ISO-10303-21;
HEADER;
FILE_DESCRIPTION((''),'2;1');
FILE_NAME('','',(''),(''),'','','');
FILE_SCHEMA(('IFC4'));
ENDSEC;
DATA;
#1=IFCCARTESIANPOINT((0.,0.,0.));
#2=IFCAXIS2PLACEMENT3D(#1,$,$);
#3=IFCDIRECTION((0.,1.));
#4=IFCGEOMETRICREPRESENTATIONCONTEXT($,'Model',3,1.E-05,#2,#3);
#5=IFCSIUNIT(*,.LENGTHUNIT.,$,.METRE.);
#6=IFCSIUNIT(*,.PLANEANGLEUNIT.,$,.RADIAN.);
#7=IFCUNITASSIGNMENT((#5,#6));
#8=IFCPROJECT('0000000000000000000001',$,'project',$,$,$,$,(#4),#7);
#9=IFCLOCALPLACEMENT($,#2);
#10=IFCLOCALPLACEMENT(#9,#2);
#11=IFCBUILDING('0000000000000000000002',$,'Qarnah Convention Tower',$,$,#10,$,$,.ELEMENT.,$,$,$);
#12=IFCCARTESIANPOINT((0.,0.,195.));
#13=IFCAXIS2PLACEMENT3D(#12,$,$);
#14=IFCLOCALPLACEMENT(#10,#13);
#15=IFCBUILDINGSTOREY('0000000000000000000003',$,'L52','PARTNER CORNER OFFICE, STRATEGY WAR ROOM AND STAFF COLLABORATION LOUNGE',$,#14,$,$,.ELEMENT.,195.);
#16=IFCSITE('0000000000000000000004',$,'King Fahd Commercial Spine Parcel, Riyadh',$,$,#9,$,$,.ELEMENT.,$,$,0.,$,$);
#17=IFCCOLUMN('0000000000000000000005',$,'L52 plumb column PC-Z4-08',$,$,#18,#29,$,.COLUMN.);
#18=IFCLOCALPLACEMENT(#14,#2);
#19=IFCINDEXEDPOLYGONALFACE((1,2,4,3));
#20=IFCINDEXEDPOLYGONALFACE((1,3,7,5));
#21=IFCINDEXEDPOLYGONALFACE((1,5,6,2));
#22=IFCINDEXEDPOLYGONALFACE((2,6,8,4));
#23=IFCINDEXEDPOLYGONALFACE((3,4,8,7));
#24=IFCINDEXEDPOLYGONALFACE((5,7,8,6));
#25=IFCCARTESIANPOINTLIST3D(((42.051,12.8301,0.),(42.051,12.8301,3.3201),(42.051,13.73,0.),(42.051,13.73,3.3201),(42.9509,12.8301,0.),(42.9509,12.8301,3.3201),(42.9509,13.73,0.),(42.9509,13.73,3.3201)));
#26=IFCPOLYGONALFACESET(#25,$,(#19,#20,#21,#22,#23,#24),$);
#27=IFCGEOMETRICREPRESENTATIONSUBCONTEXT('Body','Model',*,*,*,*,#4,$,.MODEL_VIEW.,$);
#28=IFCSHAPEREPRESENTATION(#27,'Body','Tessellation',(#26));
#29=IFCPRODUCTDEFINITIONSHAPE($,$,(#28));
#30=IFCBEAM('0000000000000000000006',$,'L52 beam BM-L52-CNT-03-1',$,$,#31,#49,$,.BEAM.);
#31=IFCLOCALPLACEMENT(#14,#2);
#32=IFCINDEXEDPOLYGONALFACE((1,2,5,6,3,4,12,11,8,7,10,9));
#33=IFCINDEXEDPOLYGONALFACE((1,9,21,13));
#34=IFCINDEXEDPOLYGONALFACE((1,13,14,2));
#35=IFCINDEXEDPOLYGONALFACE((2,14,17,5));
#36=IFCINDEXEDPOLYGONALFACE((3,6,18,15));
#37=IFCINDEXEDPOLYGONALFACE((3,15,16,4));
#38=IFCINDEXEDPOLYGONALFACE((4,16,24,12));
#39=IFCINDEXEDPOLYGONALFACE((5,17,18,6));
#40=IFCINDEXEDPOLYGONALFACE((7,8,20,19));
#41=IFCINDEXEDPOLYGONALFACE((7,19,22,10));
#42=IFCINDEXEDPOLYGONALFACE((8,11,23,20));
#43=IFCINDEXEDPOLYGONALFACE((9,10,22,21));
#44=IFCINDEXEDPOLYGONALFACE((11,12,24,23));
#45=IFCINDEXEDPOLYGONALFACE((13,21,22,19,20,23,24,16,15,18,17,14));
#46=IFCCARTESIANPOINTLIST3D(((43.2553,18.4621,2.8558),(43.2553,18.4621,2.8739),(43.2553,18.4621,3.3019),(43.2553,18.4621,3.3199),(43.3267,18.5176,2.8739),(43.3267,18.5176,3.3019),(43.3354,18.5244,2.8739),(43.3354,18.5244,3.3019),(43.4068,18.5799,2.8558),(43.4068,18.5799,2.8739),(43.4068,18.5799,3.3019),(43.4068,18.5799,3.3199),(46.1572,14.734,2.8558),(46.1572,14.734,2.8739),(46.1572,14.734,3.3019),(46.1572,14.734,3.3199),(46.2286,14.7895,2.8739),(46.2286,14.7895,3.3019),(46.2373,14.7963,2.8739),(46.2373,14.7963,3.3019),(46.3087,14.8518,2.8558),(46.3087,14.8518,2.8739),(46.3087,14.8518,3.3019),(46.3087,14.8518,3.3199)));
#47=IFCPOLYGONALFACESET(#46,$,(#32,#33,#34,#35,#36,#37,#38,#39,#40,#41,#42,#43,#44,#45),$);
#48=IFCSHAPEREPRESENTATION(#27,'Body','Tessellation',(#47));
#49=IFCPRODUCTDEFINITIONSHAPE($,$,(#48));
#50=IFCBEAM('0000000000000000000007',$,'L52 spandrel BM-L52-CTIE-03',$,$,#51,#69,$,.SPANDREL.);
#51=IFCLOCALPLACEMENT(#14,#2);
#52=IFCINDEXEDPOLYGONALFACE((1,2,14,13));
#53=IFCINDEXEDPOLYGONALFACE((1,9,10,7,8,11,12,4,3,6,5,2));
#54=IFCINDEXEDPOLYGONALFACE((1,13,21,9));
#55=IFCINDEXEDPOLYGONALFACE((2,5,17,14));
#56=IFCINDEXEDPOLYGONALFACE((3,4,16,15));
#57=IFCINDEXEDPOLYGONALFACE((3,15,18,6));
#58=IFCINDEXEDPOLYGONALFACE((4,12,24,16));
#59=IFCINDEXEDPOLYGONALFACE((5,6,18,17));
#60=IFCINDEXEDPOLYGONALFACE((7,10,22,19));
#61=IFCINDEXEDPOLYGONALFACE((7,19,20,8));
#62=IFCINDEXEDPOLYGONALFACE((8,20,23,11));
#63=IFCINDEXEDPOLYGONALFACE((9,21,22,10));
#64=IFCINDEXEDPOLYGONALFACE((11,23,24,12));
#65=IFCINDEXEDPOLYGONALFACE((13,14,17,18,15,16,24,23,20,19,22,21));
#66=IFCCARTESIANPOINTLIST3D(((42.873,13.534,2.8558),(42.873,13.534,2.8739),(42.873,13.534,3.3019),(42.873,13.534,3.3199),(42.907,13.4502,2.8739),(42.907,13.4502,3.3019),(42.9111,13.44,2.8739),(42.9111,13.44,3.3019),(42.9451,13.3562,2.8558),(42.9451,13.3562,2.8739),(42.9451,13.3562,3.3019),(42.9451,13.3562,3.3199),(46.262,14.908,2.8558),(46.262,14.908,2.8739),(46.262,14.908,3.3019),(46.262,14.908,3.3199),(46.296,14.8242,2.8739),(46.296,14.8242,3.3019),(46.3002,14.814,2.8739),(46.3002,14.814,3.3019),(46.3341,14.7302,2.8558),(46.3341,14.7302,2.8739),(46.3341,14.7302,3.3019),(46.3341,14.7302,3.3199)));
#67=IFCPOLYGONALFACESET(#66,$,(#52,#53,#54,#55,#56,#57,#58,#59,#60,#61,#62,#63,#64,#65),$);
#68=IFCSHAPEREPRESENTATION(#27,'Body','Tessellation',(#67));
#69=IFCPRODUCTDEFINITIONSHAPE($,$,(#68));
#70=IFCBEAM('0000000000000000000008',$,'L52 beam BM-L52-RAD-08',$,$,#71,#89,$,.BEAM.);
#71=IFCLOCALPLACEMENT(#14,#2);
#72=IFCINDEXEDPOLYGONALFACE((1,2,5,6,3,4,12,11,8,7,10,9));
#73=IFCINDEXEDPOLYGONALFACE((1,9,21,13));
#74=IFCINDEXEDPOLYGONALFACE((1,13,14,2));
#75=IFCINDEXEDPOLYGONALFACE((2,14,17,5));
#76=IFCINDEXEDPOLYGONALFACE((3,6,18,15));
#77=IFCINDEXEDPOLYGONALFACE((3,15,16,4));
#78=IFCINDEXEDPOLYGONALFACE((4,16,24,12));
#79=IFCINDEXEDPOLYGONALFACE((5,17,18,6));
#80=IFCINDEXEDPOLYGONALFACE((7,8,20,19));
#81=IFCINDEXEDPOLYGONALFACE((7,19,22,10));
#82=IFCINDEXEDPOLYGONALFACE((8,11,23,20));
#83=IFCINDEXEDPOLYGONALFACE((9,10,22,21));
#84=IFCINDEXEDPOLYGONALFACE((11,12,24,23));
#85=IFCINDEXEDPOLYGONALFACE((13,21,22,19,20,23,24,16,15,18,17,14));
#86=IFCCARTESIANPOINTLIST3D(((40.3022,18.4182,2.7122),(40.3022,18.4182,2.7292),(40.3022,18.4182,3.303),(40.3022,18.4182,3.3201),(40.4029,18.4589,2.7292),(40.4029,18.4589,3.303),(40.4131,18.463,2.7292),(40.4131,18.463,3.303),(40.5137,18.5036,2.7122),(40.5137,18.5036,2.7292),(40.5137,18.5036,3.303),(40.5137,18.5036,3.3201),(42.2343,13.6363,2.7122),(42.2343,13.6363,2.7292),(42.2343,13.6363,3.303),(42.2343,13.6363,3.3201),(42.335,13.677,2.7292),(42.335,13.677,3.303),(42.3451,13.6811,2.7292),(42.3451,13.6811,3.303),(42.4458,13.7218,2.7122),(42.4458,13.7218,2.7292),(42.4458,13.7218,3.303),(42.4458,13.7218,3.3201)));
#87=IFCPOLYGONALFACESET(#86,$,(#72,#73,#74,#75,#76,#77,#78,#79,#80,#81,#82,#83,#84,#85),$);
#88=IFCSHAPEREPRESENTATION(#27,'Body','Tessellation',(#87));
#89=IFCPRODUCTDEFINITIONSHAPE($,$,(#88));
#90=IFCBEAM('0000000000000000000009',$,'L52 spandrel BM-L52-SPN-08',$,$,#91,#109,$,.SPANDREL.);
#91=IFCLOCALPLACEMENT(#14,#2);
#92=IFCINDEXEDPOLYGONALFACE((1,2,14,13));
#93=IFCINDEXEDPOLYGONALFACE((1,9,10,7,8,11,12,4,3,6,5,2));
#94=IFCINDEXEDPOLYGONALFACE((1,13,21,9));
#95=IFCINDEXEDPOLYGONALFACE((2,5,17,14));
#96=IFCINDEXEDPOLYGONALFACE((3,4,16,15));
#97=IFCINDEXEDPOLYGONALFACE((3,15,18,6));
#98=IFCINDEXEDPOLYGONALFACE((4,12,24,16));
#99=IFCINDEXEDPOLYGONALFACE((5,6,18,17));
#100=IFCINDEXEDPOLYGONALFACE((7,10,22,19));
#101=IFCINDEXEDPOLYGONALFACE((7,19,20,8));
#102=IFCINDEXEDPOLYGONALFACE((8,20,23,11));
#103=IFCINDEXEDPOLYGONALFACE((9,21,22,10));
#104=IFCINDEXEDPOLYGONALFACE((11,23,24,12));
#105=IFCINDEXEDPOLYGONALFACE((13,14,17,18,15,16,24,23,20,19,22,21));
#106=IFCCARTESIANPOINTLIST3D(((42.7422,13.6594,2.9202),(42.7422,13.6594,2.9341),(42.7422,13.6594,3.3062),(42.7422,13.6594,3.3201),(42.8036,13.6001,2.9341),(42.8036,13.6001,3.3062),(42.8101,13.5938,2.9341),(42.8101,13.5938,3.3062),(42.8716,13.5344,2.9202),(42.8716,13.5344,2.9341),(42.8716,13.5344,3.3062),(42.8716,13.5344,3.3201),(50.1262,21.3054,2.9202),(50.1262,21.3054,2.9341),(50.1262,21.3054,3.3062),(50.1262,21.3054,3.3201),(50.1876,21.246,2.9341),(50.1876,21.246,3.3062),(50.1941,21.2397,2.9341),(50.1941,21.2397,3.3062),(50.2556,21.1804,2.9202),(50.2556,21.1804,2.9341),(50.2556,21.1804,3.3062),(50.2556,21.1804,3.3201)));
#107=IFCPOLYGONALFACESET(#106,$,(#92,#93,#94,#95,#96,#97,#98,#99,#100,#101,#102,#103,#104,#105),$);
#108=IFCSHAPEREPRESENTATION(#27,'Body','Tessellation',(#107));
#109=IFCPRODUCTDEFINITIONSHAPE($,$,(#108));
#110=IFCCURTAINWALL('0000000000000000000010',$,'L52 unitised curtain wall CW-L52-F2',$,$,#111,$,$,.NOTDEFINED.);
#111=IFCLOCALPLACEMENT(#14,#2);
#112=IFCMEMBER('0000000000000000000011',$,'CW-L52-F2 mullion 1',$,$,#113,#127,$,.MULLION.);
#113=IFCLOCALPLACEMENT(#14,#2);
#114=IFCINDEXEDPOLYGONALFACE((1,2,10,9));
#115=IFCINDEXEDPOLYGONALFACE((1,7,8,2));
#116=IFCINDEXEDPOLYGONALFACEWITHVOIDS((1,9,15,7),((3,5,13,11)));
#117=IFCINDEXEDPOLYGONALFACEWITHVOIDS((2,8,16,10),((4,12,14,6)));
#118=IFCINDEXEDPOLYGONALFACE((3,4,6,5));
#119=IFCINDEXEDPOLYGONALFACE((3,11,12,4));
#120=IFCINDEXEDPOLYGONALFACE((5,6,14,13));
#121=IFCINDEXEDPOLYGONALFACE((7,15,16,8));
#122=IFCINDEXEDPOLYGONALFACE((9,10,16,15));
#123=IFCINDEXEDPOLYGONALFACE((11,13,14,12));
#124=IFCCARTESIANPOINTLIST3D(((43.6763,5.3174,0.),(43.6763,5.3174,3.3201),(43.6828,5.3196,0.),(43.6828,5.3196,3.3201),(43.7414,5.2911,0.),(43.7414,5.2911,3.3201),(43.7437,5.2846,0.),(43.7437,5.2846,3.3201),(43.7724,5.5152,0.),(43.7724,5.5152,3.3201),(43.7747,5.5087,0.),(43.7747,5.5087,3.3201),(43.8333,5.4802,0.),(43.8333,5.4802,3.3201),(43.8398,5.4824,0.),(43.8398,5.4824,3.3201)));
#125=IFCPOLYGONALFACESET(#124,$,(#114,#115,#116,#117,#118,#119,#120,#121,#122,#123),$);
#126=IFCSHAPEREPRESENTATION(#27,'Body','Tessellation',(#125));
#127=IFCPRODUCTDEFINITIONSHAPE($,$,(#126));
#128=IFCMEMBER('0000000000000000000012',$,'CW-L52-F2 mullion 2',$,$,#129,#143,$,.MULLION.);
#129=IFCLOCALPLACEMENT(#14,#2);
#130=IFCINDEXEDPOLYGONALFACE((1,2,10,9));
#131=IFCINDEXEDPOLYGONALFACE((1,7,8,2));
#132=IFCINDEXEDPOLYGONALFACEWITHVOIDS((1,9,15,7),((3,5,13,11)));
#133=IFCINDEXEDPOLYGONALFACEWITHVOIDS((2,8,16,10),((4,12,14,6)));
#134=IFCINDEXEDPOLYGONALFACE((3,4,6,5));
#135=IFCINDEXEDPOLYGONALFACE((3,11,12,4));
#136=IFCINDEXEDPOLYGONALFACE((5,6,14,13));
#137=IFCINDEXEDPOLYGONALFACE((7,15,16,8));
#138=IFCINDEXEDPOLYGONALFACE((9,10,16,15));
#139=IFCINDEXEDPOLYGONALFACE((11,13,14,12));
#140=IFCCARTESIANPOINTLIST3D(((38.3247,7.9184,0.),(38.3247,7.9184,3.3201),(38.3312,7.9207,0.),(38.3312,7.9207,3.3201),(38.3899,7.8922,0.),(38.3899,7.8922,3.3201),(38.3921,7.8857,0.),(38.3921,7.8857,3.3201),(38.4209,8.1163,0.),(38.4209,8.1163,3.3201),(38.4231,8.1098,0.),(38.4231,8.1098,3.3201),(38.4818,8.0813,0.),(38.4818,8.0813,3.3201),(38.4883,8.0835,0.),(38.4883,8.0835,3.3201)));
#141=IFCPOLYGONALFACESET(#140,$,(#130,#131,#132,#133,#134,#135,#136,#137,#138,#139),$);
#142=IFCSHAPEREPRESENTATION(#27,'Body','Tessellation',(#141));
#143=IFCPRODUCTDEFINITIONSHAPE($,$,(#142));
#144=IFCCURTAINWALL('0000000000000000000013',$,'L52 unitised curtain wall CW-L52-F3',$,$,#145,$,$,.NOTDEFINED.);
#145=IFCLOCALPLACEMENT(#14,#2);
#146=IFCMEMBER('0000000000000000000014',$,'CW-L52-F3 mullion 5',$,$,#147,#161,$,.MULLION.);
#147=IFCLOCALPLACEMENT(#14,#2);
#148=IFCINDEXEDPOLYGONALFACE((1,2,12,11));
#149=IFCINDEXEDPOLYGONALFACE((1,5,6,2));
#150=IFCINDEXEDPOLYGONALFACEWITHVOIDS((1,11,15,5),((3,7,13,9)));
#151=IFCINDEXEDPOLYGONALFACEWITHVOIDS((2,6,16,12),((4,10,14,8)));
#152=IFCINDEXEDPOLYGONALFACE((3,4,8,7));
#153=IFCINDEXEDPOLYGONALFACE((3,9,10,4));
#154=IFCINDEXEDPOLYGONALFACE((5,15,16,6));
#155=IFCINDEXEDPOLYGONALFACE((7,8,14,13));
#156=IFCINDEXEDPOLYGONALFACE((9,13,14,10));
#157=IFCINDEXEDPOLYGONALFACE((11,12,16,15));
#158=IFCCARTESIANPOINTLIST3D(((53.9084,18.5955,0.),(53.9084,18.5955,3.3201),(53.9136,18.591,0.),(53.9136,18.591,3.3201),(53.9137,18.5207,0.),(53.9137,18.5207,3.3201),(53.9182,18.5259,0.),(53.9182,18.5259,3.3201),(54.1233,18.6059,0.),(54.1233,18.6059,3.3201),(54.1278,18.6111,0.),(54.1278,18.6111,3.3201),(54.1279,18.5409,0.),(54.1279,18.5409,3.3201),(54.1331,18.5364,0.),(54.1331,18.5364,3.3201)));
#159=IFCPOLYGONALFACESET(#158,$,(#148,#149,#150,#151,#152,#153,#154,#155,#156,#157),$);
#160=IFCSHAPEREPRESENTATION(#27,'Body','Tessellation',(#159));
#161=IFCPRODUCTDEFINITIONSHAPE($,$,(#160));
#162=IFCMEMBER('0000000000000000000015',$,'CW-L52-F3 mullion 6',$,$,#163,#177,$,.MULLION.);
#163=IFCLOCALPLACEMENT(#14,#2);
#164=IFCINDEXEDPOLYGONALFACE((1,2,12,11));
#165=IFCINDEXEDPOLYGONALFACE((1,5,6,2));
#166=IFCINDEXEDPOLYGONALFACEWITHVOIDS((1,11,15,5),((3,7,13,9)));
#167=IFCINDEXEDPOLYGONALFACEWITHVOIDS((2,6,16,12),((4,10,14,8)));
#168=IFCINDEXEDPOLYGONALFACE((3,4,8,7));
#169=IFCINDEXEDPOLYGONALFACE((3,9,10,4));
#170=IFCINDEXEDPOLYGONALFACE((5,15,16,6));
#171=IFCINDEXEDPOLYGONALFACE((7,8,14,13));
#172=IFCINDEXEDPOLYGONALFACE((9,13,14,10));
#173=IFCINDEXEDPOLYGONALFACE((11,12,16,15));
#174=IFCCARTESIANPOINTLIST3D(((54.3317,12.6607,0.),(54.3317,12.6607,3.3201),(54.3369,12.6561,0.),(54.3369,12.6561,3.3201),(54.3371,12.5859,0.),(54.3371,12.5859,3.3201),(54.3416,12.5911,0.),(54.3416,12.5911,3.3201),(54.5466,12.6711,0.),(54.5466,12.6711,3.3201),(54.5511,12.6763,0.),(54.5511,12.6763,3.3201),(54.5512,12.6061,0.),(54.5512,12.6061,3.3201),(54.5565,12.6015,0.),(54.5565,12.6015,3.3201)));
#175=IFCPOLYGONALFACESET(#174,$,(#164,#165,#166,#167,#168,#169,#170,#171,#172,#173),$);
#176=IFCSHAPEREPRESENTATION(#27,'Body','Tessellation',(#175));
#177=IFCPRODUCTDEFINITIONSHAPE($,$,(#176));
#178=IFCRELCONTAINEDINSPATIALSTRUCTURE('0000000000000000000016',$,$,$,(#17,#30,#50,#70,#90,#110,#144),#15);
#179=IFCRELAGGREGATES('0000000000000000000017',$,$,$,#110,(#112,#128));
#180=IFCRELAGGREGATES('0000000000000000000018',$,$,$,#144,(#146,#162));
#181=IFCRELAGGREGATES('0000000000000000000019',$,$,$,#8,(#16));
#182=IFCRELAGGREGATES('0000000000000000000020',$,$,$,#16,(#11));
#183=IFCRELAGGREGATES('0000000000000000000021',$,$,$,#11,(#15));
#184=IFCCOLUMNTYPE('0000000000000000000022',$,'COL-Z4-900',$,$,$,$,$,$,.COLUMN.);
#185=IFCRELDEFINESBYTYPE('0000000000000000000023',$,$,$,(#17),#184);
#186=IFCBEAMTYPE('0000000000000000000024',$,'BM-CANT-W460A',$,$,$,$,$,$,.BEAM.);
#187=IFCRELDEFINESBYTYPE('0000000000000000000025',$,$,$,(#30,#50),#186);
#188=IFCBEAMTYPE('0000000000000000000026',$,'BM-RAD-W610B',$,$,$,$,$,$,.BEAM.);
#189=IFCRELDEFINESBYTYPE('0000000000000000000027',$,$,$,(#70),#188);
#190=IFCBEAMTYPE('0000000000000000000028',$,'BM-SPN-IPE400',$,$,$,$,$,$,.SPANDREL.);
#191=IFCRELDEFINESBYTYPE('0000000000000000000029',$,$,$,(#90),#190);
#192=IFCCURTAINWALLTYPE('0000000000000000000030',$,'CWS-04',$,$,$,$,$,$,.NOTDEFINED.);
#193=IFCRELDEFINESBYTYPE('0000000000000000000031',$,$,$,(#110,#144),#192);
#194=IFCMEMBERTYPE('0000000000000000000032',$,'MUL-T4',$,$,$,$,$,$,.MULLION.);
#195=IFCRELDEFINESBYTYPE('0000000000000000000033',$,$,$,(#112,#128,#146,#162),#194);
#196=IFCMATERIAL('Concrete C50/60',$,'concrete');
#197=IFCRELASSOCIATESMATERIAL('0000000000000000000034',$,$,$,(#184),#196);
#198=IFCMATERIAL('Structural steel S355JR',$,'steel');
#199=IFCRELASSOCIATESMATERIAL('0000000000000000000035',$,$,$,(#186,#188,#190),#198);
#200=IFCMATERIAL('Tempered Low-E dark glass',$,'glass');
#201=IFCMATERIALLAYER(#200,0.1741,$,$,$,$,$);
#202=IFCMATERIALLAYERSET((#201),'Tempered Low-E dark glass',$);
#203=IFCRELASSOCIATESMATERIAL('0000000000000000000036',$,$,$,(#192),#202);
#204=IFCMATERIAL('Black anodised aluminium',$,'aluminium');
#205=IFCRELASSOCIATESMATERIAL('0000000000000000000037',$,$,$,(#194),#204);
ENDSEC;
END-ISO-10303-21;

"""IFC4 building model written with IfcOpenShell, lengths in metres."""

from ifc_helpers import new_model, si_unit, direction, frame, origin, origin_2d, place, context, subcontext, project, spatial, rectangle, hollow_rectangle, i_section, extrude, material, layer, layer_set, material_profile, profile_set, type_object, element, aggregate, save


model = new_model("IFC4")

# Units and contexts
model_context = context("Model", 3, precision=1e-05, world=origin(), true_north=direction((0.0, 1.0)))
body_context = subcontext(model_context, "Body", "Model", "MODEL_VIEW")
ifc_project = project(units=[si_unit("LENGTHUNIT", "METRE"), si_unit("PLANEANGLEUNIT", "RADIAN")], contexts=[model_context])

# Site, building, storey
site_placement = place(None, origin())
site = spatial("IfcSite", under=ifc_project, at=site_placement, Name="King Fahd Commercial Spine Parcel, Riyadh", CompositionType="ELEMENT", RefElevation=0.0)
building_placement = place(site_placement, origin())
building = spatial("IfcBuilding", under=site, at=building_placement, Name="Qarnah Convention Tower", CompositionType="ELEMENT")
storey_placement = place(building_placement, frame((0.0, 0.0, 195.0)))
storey = spatial("IfcBuildingStorey", under=building, at=storey_placement, Name="L52", Description="PARTNER CORNER OFFICE, STRATEGY WAR ROOM AND STAFF COLLABORATION LOUNGE", CompositionType="ELEMENT", Elevation=195.0)

# Column
ifc_material_1 = material(Name="Concrete C50/60", Category="concrete")
ifc_material_profile_1 = material_profile(ifc_material_1, rectangle(XDim=0.8999, YDim=0.8999, at=origin_2d()), Name="RC-COL-900X900")
ifc_profile_set_1 = profile_set([ifc_material_profile_1], Name="Concrete C50/60")
column_type = type_object("IfcColumnType", Name="COL-Z4-900", PredefinedType="COLUMN", material=ifc_profile_set_1)
column_placement = place(storey_placement, frame((42.501, 13.28, 0.0), z_axis=(0.0, 0.0, 1.0), x_axis=(1.0, 0.0, 0.0)))
element("IfcColumn", 1, at=column_placement, inside=storey, type_object=column_type, Name="L52 plumb column PC-Z4-08", PredefinedType="COLUMN", context=body_context, shape_type="SweptSolid", body=[
    extrude(rectangle(XDim=0.8999, YDim=0.8999, at=origin_2d()), origin(), (0.0, 0.0, 1.0), 3.3201),
])

# Beams
ifc_material_2 = material(Name="Structural steel S355JR", Category="steel")
ifc_material_profile_2 = material_profile(ifc_material_2, i_section(OverallWidth=0.1919, OverallDepth=0.4641, WebThickness=0.011, FlangeThickness=0.0181, at=origin_2d()), Name="W460X89")
ifc_profile_set_2 = profile_set([ifc_material_profile_2], Name="Structural steel S355JR")
beam_type_1 = type_object("IfcBeamType", Name="BM-CANT-W460A", PredefinedType="BEAM", material=ifc_profile_set_2)
beam_1_placement = place(storey_placement, frame((43.3311, 18.521, 3.0879), z_axis=(0.614241, -0.789118, 0.0), x_axis=(0.789118, 0.614241, 0.0)))
element("IfcBeam", 2, at=beam_1_placement, inside=storey, type_object=beam_type_1, Name="L52 beam BM-L52-CNT-03-1", PredefinedType="BEAM", context=body_context, shape_type="SweptSolid", body=[
    extrude(i_section(OverallWidth=0.1919, OverallDepth=0.4641, WebThickness=0.011, FlangeThickness=0.0181, at=origin_2d()), origin(), (0.0, 0.0, 1.0), 4.7244),
])
beam_2_placement = place(storey_placement, frame((46.2981, 14.8191, 3.0879), z_axis=(-0.926735, -0.375714, 0.0), x_axis=(0.375714, -0.926735, 0.0)))
element("IfcBeam", 3, at=beam_2_placement, inside=storey, type_object=beam_type_1, Name="L52 spandrel BM-L52-CTIE-03", PredefinedType="SPANDREL", context=body_context, shape_type="SweptSolid", body=[
    extrude(i_section(OverallWidth=0.1919, OverallDepth=0.4641, WebThickness=0.011, FlangeThickness=0.0181, at=origin_2d()), origin(), (0.0, 0.0, 1.0), 3.657),
])
ifc_material_profile_3 = material_profile(ifc_material_2, i_section(OverallWidth=0.228, OverallDepth=0.6079, WebThickness=0.011, FlangeThickness=0.0171, at=origin_2d()), Name="W610X113")
ifc_profile_set_3 = profile_set([ifc_material_profile_3], Name="Structural steel S355JR")
beam_type_2 = type_object("IfcBeamType", Name="BM-RAD-W610B", PredefinedType="BEAM", material=ifc_profile_set_3)
beam_3_placement = place(storey_placement, frame((40.408, 18.4609, 3.0161), z_axis=(0.37462, -0.927178, 0.0), x_axis=(0.927178, 0.37462, 0.0)))
element("IfcBeam", 4, at=beam_3_placement, inside=storey, type_object=beam_type_2, Name="L52 beam BM-L52-RAD-08", PredefinedType="BEAM", context=body_context, shape_type="SweptSolid", body=[
    extrude(i_section(OverallWidth=0.228, OverallDepth=0.6079, WebThickness=0.011, FlangeThickness=0.0171, at=origin_2d()), origin(), (0.0, 0.0, 1.0), 5.1575),
])
ifc_material_profile_4 = material_profile(ifc_material_2, i_section(OverallWidth=0.1799, OverallDepth=0.3999, WebThickness=0.009, FlangeThickness=0.0139, at=origin_2d()), Name="IPE400")
ifc_profile_set_4 = profile_set([ifc_material_profile_4], Name="Structural steel S355JR")
beam_type_3 = type_object("IfcBeamType", Name="BM-SPN-IPE400", PredefinedType="SPANDREL", material=ifc_profile_set_4)
beam_4_placement = place(storey_placement, frame((42.8069, 13.5969, 3.1201), z_axis=(0.694677, 0.719322, 0.0), x_axis=(-0.719322, 0.694677, 0.0)))
element("IfcBeam", 5, at=beam_4_placement, inside=storey, type_object=beam_type_3, Name="L52 spandrel BM-L52-SPN-08", PredefinedType="SPANDREL", context=body_context, shape_type="SweptSolid", body=[
    extrude(i_section(OverallWidth=0.1799, OverallDepth=0.3999, WebThickness=0.009, FlangeThickness=0.0139, at=origin_2d()), origin(), (0.0, 0.0, 1.0), 10.6294),
])

# Curtain walls, members
ifc_material_3 = material(Name="Tempered Low-E dark glass", Category="glass")
ifc_layer_1 = layer(ifc_material_3, 0.1741)
ifc_layer_set_1 = layer_set([ifc_layer_1], Name="Tempered Low-E dark glass")
curtain_wall_type = type_object("IfcCurtainWallType", Name="CWS-04", PredefinedType="NOTDEFINED", material=ifc_layer_set_1)
curtain_wall_1_placement = place(storey_placement, origin())
curtain_wall_1 = element("IfcCurtainWall", 6, at=curtain_wall_1_placement, inside=storey, type_object=curtain_wall_type, Name="L52 unitised curtain wall CW-L52-F2", PredefinedType="NOTDEFINED")
ifc_material_4 = material(Name="Black anodised aluminium", Category="aluminium")
ifc_material_profile_5 = material_profile(ifc_material_4, hollow_rectangle(XDim=0.075, YDim=0.22, WallThickness=0.0049, at=origin_2d()), Name="MUL-75X220")
ifc_profile_set_5 = profile_set([ifc_material_profile_5], Name="Black anodised aluminium")
member_type_1 = type_object("IfcMemberType", Name="MUL-T4", PredefinedType="MULLION", material=ifc_profile_set_5)
member_1_placement = place(storey_placement, frame((43.7581, 5.3999, 0.0), z_axis=(0.0, 0.0, 1.0), x_axis=(-0.899399, 0.437129, 0.0)))
member_1 = element("IfcMember", 7, at=member_1_placement, type_object=member_type_1, Name="CW-L52-F2 mullion 1", PredefinedType="MULLION", context=body_context, shape_type="SweptSolid", body=[
    extrude(hollow_rectangle(XDim=0.075, YDim=0.22, WallThickness=0.0049, at=origin_2d()), origin(), (0.0, 0.0, 1.0), 3.3201),
])
member_2_placement = place(storey_placement, frame((38.4065, 8.001, 0.0), z_axis=(0.0, 0.0, 1.0), x_axis=(-0.899399, 0.437129, 0.0)))
member_2 = element("IfcMember", 8, at=member_2_placement, type_object=member_type_1, Name="CW-L52-F2 mullion 2", PredefinedType="MULLION", context=body_context, shape_type="SweptSolid", body=[
    extrude(hollow_rectangle(XDim=0.075, YDim=0.22, WallThickness=0.0049, at=origin_2d()), origin(), (0.0, 0.0, 1.0), 3.3201),
])
curtain_wall_2_placement = place(storey_placement, origin())
curtain_wall_2 = element("IfcCurtainWall", 9, at=curtain_wall_2_placement, inside=storey, type_object=curtain_wall_type, Name="L52 unitised curtain wall CW-L52-F3", PredefinedType="NOTDEFINED")
member_3_placement = place(storey_placement, frame((54.0208, 18.5659, 0.0), z_axis=(0.0, 0.0, 1.0), x_axis=(0.071128, -0.997467, 0.0)))
member_3 = element("IfcMember", 10, at=member_3_placement, type_object=member_type_1, Name="CW-L52-F3 mullion 5", PredefinedType="MULLION", context=body_context, shape_type="SweptSolid", body=[
    extrude(hollow_rectangle(XDim=0.075, YDim=0.22, WallThickness=0.0049, at=origin_2d()), origin(), (0.0, 0.0, 1.0), 3.3201),
])
member_4_placement = place(storey_placement, frame((54.4441, 12.6311, 0.0), z_axis=(0.0, 0.0, 1.0), x_axis=(0.071128, -0.997467, 0.0)))
member_4 = element("IfcMember", 11, at=member_4_placement, type_object=member_type_1, Name="CW-L52-F3 mullion 6", PredefinedType="MULLION", context=body_context, shape_type="SweptSolid", body=[
    extrude(hollow_rectangle(XDim=0.075, YDim=0.22, WallThickness=0.0049, at=origin_2d()), origin(), (0.0, 0.0, 1.0), 3.3201),
])

aggregate(curtain_wall_1, [member_1, member_2])
aggregate(curtain_wall_2, [member_3, member_4])

save(model, "model.ifc")
